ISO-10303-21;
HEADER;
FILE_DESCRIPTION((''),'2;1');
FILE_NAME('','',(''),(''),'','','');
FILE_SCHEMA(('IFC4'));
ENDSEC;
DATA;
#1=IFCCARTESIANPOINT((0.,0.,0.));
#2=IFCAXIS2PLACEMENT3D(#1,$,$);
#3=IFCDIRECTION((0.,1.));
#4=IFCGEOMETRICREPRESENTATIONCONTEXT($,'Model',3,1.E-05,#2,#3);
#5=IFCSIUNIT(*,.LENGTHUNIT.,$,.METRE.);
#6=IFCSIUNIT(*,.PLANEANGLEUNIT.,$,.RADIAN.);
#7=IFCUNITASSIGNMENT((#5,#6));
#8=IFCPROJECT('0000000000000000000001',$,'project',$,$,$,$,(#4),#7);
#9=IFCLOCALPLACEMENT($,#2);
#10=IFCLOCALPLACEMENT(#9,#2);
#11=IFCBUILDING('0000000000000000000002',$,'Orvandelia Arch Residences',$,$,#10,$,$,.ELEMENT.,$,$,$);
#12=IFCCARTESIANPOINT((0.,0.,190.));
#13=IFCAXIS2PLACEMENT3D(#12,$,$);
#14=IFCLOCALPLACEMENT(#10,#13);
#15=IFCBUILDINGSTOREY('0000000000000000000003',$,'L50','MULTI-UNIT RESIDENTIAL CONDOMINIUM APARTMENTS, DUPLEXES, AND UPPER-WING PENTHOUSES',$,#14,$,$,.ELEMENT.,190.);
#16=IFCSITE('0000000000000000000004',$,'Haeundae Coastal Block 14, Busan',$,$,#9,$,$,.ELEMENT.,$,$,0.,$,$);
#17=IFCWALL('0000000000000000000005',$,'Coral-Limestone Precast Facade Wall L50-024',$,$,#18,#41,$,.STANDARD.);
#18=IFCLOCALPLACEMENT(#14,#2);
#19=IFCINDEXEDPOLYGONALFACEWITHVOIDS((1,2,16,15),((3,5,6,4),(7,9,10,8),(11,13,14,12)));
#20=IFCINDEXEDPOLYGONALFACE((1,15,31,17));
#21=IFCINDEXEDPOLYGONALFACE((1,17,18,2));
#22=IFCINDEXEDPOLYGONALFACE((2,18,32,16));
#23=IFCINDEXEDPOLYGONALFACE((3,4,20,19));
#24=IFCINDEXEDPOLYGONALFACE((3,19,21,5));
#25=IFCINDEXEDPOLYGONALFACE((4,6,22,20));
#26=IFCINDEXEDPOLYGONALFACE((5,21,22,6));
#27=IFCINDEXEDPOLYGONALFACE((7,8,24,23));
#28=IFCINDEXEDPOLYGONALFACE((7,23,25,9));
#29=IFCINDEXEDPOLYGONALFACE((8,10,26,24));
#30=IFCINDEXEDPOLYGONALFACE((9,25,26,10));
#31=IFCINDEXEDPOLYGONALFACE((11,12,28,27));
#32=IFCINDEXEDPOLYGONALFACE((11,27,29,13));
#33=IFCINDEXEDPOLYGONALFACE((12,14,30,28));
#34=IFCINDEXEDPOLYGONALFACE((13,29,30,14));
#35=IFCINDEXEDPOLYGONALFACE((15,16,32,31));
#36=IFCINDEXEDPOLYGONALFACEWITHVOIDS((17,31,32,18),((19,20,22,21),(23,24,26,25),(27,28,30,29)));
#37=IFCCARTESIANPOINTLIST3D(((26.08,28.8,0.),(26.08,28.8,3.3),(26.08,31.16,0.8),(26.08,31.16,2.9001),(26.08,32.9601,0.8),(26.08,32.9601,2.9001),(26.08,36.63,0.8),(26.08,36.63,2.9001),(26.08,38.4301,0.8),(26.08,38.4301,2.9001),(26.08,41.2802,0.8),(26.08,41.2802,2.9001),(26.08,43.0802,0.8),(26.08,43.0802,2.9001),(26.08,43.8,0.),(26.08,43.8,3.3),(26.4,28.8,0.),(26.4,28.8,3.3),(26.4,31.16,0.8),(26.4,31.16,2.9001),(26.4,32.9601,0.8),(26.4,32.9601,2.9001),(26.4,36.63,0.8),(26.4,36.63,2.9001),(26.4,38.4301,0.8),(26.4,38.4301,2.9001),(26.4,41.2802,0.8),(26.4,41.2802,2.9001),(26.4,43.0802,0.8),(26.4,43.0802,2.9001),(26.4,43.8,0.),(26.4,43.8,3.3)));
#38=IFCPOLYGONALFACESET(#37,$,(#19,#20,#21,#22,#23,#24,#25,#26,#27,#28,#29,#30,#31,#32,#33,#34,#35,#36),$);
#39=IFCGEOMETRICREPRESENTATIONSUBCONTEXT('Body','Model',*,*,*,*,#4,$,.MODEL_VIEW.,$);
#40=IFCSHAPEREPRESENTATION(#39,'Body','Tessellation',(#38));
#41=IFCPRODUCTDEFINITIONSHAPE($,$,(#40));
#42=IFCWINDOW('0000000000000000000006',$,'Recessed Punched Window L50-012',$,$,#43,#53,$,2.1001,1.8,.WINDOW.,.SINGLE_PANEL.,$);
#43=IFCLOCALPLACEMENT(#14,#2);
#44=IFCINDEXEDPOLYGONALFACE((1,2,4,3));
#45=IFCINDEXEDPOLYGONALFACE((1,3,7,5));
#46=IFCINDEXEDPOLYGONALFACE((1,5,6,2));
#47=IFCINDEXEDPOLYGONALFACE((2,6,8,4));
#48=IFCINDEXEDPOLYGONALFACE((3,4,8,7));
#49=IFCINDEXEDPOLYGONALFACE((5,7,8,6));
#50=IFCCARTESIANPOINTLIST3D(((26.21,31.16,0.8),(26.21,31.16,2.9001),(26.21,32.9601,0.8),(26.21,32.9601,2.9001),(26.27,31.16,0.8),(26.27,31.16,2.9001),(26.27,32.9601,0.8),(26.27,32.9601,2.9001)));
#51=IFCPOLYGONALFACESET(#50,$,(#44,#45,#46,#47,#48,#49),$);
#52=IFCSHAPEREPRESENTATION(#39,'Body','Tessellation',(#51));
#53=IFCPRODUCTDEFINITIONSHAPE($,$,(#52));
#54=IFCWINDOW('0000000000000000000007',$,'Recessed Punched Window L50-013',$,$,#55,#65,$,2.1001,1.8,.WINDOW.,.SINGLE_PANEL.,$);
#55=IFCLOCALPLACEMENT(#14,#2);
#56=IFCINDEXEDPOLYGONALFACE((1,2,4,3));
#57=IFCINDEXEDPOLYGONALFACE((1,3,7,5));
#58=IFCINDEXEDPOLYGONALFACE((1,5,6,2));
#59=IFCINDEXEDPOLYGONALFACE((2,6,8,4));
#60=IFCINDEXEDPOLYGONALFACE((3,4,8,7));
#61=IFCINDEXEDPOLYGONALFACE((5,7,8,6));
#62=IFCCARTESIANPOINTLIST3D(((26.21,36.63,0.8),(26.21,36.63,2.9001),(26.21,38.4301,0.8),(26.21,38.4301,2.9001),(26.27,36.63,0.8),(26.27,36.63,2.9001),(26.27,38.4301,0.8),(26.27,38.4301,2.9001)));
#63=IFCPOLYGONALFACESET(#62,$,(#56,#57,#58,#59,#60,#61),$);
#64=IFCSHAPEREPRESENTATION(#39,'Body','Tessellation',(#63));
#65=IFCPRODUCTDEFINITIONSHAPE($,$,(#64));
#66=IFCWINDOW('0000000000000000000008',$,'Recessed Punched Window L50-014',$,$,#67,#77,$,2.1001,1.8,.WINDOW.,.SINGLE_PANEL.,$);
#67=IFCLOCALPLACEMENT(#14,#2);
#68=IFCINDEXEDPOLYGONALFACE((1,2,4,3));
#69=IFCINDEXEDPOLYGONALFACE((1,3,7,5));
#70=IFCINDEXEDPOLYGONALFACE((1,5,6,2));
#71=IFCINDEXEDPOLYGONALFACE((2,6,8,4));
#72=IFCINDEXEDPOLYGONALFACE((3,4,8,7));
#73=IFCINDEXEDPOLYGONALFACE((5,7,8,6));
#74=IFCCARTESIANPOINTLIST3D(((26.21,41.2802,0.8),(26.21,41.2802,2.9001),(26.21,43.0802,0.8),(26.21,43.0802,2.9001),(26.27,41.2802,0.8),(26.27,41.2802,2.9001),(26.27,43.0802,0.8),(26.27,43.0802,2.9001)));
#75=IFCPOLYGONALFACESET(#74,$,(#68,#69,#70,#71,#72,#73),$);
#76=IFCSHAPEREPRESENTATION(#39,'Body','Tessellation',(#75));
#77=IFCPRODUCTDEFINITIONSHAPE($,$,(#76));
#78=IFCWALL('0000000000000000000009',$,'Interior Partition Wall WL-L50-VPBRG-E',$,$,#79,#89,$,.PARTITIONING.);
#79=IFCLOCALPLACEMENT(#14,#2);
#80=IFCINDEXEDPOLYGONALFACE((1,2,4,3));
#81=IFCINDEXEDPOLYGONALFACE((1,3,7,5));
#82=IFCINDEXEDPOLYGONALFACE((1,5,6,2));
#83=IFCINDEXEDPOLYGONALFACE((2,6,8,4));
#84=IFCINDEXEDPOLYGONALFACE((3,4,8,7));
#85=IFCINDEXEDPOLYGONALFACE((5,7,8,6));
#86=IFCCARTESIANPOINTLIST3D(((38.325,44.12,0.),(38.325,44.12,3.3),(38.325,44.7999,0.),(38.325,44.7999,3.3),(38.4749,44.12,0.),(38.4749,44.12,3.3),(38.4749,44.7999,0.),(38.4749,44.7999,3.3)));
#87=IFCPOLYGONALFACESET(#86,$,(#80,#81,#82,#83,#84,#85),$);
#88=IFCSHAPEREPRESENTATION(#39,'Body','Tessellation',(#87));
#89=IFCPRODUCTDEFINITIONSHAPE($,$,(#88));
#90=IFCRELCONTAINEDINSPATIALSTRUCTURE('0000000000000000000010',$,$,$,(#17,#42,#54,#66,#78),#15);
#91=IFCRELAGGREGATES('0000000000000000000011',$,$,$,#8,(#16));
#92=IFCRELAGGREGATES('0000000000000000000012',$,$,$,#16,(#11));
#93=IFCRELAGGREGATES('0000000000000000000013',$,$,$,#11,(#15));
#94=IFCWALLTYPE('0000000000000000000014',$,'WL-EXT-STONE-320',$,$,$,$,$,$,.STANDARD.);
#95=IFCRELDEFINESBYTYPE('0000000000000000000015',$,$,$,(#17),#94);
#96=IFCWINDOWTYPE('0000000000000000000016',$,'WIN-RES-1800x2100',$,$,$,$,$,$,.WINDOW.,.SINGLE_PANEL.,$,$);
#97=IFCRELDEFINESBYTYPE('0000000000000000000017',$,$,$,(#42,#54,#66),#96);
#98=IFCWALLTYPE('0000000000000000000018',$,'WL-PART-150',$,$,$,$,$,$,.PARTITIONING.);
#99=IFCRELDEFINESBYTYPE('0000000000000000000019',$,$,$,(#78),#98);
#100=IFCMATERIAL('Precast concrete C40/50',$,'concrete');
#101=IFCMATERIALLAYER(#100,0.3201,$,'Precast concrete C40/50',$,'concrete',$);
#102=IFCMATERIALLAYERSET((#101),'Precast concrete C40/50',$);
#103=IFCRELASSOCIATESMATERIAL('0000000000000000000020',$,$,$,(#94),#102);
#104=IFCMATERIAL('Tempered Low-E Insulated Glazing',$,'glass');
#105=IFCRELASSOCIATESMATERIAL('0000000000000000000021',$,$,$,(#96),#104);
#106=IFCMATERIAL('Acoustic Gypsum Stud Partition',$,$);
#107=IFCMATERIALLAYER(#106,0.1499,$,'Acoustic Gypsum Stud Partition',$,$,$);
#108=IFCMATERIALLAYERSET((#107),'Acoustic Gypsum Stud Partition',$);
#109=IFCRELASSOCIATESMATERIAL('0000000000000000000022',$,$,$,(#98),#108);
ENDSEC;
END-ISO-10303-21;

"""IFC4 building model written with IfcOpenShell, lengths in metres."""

from ifc_helpers import new_model, si_unit, direction, frame, frame_2d, origin, place, context, subcontext, project, spatial, rectangle, extrude, material, layer, layer_set, type_object, element, fill, save


model = new_model("IFC4")

# Units and contexts
model_context = context("Model", 3, precision=1e-05, world=origin(), true_north=direction((0.0, 1.0)))
body_context = subcontext(model_context, "Body", "Model", "MODEL_VIEW")
ifc_project = project(units=[si_unit("LENGTHUNIT", "METRE"), si_unit("PLANEANGLEUNIT", "RADIAN")], contexts=[model_context])

# Site, building, storey
site_placement = place(None, origin())
site = spatial("IfcSite", under=ifc_project, at=site_placement, Name="Haeundae Coastal Block 14, Busan", CompositionType="ELEMENT", RefElevation=0.0)
building_placement = place(site_placement, origin())
building = spatial("IfcBuilding", under=site, at=building_placement, Name="Orvandelia Arch Residences", CompositionType="ELEMENT")
storey_placement = place(building_placement, frame((0.0, 0.0, 190.0)))
storey = spatial("IfcBuildingStorey", under=building, at=storey_placement, Name="L50", Description="MULTI-UNIT RESIDENTIAL CONDOMINIUM APARTMENTS, DUPLEXES, AND UPPER-WING PENTHOUSES", CompositionType="ELEMENT", Elevation=190.0)

# Shared definitions
ifc_material_1 = material(Name="Precast concrete C40/50", Category="concrete")
ifc_layer_1 = layer(ifc_material_1, 0.3201, Name="Precast concrete C40/50", Category="concrete")
ifc_layer_set_1 = layer_set([ifc_layer_1], Name="Precast concrete C40/50")
wall_type_1 = type_object("IfcWallType", Name="WL-EXT-STONE-320", PredefinedType="STANDARD", material=ifc_layer_set_1)
ifc_material_2 = material(Name="Tempered Low-E Insulated Glazing", Category="glass")
window_type = type_object("IfcWindowType", Name="WIN-RES-1800x2100", PartitioningType="SINGLE_PANEL", PredefinedType="WINDOW", material=ifc_material_2)

# Wall, openings, windows
wall_1_placement = place(storey_placement, frame((26.24, 43.8, 0.0), z_axis=(0.0, 0.0, 1.0), x_axis=(0.0, -1.0, 0.0)))
wall_1 = element("IfcWall", 1, at=wall_1_placement, inside=storey, type_object=wall_type_1, Name="Coral-Limestone Precast Facade Wall L50-024", PredefinedType="STANDARD", context=body_context, shape_type="SweptSolid", body=[
    extrude(rectangle(XDim=15.0, YDim=0.3201, at=frame_2d((7.5, 0.0))), origin(), (0.0, 0.0, 1.0), 3.3),
])
opening_1_placement = place(wall_1_placement, frame((10.8401, 0.0, 0.8)))
opening_1 = element("IfcOpeningElement", 2, at=opening_1_placement, cuts=wall_1, PredefinedType="OPENING", context=body_context, shape_type="SweptSolid", body=[
    extrude(rectangle(XDim=1.8, YDim=2.1001, at=frame_2d((0.8999, 1.05))), frame((0.0, 0.1699, 0.0), z_axis=(0.0, -1.0, 0.0), x_axis=(1.0, 0.0, 0.0)), (0.0, 0.0, 1.0), 0.3401),
])
opening_2_placement = place(wall_1_placement, frame((5.3701, 0.0, 0.8)))
opening_2 = element("IfcOpeningElement", 3, at=opening_2_placement, cuts=wall_1, PredefinedType="OPENING", context=body_context, shape_type="SweptSolid", body=[
    extrude(rectangle(XDim=1.8, YDim=2.1001, at=frame_2d((0.8999, 1.05))), frame((0.0, 0.1699, 0.0), z_axis=(0.0, -1.0, 0.0), x_axis=(1.0, 0.0, 0.0)), (0.0, 0.0, 1.0), 0.3401),
])
opening_3_placement = place(wall_1_placement, frame((0.72, 0.0, 0.8)))
opening_3 = element("IfcOpeningElement", 4, at=opening_3_placement, cuts=wall_1, PredefinedType="OPENING", context=body_context, shape_type="SweptSolid", body=[
    extrude(rectangle(XDim=1.8, YDim=2.1001, at=frame_2d((0.8999, 1.05))), frame((0.0, 0.1699, 0.0), z_axis=(0.0, -1.0, 0.0), x_axis=(1.0, 0.0, 0.0)), (0.0, 0.0, 1.0), 0.3401),
])
window_1_placement = place(opening_1_placement, origin())
window_1 = element("IfcWindow", 5, at=window_1_placement, inside=storey, type_object=window_type, Name="Recessed Punched Window L50-012", OverallHeight=2.1001, OverallWidth=1.8, PartitioningType="SINGLE_PANEL", PredefinedType="WINDOW", context=body_context, shape_type="SweptSolid", body=[
    extrude(rectangle(XDim=1.8, YDim=2.1001, at=frame_2d((0.8999, 1.05))), frame((0.0, 0.03, 0.0), z_axis=(0.0, -1.0, 0.0), x_axis=(1.0, 0.0, 0.0)), (0.0, 0.0, 1.0), 0.0601),
])
fill(opening_1, window_1)
window_2_placement = place(opening_2_placement, origin())
window_2 = element("IfcWindow", 6, at=window_2_placement, inside=storey, type_object=window_type, Name="Recessed Punched Window L50-013", OverallHeight=2.1001, OverallWidth=1.8, PartitioningType="SINGLE_PANEL", PredefinedType="WINDOW", context=body_context, shape_type="SweptSolid", body=[
    extrude(rectangle(XDim=1.8, YDim=2.1001, at=frame_2d((0.8999, 1.05))), frame((0.0, 0.03, 0.0), z_axis=(0.0, -1.0, 0.0), x_axis=(1.0, 0.0, 0.0)), (0.0, 0.0, 1.0), 0.0601),
])
fill(opening_2, window_2)
window_3_placement = place(opening_3_placement, origin())
window_3 = element("IfcWindow", 7, at=window_3_placement, inside=storey, type_object=window_type, Name="Recessed Punched Window L50-014", OverallHeight=2.1001, OverallWidth=1.8, PartitioningType="SINGLE_PANEL", PredefinedType="WINDOW", context=body_context, shape_type="SweptSolid", body=[
    extrude(rectangle(XDim=1.8, YDim=2.1001, at=frame_2d((0.8999, 1.05))), frame((0.0, 0.03, 0.0), z_axis=(0.0, -1.0, 0.0), x_axis=(1.0, 0.0, 0.0)), (0.0, 0.0, 1.0), 0.0601),
])
fill(opening_3, window_3)

# Wall
ifc_material_3 = material(Name="Acoustic Gypsum Stud Partition")
ifc_layer_2 = layer(ifc_material_3, 0.1499, Name="Acoustic Gypsum Stud Partition")
ifc_layer_set_2 = layer_set([ifc_layer_2], Name="Acoustic Gypsum Stud Partition")
wall_type_2 = type_object("IfcWallType", Name="WL-PART-150", PredefinedType="PARTITIONING", material=ifc_layer_set_2)
wall_2_placement = place(storey_placement, frame((38.3999, 44.1201, 0.0), z_axis=(0.0, 0.0, 1.0), x_axis=(0.0, 1.0, 0.0)))
element("IfcWall", 8, at=wall_2_placement, inside=storey, type_object=wall_type_2, Name="Interior Partition Wall WL-L50-VPBRG-E", PredefinedType="PARTITIONING", context=body_context, shape_type="SweptSolid", body=[
    extrude(rectangle(XDim=0.6799, YDim=0.1499, at=frame_2d((0.3398, 0.0))), origin(), (0.0, 0.0, 1.0), 3.3),
])

save(model, "model.ifc")
